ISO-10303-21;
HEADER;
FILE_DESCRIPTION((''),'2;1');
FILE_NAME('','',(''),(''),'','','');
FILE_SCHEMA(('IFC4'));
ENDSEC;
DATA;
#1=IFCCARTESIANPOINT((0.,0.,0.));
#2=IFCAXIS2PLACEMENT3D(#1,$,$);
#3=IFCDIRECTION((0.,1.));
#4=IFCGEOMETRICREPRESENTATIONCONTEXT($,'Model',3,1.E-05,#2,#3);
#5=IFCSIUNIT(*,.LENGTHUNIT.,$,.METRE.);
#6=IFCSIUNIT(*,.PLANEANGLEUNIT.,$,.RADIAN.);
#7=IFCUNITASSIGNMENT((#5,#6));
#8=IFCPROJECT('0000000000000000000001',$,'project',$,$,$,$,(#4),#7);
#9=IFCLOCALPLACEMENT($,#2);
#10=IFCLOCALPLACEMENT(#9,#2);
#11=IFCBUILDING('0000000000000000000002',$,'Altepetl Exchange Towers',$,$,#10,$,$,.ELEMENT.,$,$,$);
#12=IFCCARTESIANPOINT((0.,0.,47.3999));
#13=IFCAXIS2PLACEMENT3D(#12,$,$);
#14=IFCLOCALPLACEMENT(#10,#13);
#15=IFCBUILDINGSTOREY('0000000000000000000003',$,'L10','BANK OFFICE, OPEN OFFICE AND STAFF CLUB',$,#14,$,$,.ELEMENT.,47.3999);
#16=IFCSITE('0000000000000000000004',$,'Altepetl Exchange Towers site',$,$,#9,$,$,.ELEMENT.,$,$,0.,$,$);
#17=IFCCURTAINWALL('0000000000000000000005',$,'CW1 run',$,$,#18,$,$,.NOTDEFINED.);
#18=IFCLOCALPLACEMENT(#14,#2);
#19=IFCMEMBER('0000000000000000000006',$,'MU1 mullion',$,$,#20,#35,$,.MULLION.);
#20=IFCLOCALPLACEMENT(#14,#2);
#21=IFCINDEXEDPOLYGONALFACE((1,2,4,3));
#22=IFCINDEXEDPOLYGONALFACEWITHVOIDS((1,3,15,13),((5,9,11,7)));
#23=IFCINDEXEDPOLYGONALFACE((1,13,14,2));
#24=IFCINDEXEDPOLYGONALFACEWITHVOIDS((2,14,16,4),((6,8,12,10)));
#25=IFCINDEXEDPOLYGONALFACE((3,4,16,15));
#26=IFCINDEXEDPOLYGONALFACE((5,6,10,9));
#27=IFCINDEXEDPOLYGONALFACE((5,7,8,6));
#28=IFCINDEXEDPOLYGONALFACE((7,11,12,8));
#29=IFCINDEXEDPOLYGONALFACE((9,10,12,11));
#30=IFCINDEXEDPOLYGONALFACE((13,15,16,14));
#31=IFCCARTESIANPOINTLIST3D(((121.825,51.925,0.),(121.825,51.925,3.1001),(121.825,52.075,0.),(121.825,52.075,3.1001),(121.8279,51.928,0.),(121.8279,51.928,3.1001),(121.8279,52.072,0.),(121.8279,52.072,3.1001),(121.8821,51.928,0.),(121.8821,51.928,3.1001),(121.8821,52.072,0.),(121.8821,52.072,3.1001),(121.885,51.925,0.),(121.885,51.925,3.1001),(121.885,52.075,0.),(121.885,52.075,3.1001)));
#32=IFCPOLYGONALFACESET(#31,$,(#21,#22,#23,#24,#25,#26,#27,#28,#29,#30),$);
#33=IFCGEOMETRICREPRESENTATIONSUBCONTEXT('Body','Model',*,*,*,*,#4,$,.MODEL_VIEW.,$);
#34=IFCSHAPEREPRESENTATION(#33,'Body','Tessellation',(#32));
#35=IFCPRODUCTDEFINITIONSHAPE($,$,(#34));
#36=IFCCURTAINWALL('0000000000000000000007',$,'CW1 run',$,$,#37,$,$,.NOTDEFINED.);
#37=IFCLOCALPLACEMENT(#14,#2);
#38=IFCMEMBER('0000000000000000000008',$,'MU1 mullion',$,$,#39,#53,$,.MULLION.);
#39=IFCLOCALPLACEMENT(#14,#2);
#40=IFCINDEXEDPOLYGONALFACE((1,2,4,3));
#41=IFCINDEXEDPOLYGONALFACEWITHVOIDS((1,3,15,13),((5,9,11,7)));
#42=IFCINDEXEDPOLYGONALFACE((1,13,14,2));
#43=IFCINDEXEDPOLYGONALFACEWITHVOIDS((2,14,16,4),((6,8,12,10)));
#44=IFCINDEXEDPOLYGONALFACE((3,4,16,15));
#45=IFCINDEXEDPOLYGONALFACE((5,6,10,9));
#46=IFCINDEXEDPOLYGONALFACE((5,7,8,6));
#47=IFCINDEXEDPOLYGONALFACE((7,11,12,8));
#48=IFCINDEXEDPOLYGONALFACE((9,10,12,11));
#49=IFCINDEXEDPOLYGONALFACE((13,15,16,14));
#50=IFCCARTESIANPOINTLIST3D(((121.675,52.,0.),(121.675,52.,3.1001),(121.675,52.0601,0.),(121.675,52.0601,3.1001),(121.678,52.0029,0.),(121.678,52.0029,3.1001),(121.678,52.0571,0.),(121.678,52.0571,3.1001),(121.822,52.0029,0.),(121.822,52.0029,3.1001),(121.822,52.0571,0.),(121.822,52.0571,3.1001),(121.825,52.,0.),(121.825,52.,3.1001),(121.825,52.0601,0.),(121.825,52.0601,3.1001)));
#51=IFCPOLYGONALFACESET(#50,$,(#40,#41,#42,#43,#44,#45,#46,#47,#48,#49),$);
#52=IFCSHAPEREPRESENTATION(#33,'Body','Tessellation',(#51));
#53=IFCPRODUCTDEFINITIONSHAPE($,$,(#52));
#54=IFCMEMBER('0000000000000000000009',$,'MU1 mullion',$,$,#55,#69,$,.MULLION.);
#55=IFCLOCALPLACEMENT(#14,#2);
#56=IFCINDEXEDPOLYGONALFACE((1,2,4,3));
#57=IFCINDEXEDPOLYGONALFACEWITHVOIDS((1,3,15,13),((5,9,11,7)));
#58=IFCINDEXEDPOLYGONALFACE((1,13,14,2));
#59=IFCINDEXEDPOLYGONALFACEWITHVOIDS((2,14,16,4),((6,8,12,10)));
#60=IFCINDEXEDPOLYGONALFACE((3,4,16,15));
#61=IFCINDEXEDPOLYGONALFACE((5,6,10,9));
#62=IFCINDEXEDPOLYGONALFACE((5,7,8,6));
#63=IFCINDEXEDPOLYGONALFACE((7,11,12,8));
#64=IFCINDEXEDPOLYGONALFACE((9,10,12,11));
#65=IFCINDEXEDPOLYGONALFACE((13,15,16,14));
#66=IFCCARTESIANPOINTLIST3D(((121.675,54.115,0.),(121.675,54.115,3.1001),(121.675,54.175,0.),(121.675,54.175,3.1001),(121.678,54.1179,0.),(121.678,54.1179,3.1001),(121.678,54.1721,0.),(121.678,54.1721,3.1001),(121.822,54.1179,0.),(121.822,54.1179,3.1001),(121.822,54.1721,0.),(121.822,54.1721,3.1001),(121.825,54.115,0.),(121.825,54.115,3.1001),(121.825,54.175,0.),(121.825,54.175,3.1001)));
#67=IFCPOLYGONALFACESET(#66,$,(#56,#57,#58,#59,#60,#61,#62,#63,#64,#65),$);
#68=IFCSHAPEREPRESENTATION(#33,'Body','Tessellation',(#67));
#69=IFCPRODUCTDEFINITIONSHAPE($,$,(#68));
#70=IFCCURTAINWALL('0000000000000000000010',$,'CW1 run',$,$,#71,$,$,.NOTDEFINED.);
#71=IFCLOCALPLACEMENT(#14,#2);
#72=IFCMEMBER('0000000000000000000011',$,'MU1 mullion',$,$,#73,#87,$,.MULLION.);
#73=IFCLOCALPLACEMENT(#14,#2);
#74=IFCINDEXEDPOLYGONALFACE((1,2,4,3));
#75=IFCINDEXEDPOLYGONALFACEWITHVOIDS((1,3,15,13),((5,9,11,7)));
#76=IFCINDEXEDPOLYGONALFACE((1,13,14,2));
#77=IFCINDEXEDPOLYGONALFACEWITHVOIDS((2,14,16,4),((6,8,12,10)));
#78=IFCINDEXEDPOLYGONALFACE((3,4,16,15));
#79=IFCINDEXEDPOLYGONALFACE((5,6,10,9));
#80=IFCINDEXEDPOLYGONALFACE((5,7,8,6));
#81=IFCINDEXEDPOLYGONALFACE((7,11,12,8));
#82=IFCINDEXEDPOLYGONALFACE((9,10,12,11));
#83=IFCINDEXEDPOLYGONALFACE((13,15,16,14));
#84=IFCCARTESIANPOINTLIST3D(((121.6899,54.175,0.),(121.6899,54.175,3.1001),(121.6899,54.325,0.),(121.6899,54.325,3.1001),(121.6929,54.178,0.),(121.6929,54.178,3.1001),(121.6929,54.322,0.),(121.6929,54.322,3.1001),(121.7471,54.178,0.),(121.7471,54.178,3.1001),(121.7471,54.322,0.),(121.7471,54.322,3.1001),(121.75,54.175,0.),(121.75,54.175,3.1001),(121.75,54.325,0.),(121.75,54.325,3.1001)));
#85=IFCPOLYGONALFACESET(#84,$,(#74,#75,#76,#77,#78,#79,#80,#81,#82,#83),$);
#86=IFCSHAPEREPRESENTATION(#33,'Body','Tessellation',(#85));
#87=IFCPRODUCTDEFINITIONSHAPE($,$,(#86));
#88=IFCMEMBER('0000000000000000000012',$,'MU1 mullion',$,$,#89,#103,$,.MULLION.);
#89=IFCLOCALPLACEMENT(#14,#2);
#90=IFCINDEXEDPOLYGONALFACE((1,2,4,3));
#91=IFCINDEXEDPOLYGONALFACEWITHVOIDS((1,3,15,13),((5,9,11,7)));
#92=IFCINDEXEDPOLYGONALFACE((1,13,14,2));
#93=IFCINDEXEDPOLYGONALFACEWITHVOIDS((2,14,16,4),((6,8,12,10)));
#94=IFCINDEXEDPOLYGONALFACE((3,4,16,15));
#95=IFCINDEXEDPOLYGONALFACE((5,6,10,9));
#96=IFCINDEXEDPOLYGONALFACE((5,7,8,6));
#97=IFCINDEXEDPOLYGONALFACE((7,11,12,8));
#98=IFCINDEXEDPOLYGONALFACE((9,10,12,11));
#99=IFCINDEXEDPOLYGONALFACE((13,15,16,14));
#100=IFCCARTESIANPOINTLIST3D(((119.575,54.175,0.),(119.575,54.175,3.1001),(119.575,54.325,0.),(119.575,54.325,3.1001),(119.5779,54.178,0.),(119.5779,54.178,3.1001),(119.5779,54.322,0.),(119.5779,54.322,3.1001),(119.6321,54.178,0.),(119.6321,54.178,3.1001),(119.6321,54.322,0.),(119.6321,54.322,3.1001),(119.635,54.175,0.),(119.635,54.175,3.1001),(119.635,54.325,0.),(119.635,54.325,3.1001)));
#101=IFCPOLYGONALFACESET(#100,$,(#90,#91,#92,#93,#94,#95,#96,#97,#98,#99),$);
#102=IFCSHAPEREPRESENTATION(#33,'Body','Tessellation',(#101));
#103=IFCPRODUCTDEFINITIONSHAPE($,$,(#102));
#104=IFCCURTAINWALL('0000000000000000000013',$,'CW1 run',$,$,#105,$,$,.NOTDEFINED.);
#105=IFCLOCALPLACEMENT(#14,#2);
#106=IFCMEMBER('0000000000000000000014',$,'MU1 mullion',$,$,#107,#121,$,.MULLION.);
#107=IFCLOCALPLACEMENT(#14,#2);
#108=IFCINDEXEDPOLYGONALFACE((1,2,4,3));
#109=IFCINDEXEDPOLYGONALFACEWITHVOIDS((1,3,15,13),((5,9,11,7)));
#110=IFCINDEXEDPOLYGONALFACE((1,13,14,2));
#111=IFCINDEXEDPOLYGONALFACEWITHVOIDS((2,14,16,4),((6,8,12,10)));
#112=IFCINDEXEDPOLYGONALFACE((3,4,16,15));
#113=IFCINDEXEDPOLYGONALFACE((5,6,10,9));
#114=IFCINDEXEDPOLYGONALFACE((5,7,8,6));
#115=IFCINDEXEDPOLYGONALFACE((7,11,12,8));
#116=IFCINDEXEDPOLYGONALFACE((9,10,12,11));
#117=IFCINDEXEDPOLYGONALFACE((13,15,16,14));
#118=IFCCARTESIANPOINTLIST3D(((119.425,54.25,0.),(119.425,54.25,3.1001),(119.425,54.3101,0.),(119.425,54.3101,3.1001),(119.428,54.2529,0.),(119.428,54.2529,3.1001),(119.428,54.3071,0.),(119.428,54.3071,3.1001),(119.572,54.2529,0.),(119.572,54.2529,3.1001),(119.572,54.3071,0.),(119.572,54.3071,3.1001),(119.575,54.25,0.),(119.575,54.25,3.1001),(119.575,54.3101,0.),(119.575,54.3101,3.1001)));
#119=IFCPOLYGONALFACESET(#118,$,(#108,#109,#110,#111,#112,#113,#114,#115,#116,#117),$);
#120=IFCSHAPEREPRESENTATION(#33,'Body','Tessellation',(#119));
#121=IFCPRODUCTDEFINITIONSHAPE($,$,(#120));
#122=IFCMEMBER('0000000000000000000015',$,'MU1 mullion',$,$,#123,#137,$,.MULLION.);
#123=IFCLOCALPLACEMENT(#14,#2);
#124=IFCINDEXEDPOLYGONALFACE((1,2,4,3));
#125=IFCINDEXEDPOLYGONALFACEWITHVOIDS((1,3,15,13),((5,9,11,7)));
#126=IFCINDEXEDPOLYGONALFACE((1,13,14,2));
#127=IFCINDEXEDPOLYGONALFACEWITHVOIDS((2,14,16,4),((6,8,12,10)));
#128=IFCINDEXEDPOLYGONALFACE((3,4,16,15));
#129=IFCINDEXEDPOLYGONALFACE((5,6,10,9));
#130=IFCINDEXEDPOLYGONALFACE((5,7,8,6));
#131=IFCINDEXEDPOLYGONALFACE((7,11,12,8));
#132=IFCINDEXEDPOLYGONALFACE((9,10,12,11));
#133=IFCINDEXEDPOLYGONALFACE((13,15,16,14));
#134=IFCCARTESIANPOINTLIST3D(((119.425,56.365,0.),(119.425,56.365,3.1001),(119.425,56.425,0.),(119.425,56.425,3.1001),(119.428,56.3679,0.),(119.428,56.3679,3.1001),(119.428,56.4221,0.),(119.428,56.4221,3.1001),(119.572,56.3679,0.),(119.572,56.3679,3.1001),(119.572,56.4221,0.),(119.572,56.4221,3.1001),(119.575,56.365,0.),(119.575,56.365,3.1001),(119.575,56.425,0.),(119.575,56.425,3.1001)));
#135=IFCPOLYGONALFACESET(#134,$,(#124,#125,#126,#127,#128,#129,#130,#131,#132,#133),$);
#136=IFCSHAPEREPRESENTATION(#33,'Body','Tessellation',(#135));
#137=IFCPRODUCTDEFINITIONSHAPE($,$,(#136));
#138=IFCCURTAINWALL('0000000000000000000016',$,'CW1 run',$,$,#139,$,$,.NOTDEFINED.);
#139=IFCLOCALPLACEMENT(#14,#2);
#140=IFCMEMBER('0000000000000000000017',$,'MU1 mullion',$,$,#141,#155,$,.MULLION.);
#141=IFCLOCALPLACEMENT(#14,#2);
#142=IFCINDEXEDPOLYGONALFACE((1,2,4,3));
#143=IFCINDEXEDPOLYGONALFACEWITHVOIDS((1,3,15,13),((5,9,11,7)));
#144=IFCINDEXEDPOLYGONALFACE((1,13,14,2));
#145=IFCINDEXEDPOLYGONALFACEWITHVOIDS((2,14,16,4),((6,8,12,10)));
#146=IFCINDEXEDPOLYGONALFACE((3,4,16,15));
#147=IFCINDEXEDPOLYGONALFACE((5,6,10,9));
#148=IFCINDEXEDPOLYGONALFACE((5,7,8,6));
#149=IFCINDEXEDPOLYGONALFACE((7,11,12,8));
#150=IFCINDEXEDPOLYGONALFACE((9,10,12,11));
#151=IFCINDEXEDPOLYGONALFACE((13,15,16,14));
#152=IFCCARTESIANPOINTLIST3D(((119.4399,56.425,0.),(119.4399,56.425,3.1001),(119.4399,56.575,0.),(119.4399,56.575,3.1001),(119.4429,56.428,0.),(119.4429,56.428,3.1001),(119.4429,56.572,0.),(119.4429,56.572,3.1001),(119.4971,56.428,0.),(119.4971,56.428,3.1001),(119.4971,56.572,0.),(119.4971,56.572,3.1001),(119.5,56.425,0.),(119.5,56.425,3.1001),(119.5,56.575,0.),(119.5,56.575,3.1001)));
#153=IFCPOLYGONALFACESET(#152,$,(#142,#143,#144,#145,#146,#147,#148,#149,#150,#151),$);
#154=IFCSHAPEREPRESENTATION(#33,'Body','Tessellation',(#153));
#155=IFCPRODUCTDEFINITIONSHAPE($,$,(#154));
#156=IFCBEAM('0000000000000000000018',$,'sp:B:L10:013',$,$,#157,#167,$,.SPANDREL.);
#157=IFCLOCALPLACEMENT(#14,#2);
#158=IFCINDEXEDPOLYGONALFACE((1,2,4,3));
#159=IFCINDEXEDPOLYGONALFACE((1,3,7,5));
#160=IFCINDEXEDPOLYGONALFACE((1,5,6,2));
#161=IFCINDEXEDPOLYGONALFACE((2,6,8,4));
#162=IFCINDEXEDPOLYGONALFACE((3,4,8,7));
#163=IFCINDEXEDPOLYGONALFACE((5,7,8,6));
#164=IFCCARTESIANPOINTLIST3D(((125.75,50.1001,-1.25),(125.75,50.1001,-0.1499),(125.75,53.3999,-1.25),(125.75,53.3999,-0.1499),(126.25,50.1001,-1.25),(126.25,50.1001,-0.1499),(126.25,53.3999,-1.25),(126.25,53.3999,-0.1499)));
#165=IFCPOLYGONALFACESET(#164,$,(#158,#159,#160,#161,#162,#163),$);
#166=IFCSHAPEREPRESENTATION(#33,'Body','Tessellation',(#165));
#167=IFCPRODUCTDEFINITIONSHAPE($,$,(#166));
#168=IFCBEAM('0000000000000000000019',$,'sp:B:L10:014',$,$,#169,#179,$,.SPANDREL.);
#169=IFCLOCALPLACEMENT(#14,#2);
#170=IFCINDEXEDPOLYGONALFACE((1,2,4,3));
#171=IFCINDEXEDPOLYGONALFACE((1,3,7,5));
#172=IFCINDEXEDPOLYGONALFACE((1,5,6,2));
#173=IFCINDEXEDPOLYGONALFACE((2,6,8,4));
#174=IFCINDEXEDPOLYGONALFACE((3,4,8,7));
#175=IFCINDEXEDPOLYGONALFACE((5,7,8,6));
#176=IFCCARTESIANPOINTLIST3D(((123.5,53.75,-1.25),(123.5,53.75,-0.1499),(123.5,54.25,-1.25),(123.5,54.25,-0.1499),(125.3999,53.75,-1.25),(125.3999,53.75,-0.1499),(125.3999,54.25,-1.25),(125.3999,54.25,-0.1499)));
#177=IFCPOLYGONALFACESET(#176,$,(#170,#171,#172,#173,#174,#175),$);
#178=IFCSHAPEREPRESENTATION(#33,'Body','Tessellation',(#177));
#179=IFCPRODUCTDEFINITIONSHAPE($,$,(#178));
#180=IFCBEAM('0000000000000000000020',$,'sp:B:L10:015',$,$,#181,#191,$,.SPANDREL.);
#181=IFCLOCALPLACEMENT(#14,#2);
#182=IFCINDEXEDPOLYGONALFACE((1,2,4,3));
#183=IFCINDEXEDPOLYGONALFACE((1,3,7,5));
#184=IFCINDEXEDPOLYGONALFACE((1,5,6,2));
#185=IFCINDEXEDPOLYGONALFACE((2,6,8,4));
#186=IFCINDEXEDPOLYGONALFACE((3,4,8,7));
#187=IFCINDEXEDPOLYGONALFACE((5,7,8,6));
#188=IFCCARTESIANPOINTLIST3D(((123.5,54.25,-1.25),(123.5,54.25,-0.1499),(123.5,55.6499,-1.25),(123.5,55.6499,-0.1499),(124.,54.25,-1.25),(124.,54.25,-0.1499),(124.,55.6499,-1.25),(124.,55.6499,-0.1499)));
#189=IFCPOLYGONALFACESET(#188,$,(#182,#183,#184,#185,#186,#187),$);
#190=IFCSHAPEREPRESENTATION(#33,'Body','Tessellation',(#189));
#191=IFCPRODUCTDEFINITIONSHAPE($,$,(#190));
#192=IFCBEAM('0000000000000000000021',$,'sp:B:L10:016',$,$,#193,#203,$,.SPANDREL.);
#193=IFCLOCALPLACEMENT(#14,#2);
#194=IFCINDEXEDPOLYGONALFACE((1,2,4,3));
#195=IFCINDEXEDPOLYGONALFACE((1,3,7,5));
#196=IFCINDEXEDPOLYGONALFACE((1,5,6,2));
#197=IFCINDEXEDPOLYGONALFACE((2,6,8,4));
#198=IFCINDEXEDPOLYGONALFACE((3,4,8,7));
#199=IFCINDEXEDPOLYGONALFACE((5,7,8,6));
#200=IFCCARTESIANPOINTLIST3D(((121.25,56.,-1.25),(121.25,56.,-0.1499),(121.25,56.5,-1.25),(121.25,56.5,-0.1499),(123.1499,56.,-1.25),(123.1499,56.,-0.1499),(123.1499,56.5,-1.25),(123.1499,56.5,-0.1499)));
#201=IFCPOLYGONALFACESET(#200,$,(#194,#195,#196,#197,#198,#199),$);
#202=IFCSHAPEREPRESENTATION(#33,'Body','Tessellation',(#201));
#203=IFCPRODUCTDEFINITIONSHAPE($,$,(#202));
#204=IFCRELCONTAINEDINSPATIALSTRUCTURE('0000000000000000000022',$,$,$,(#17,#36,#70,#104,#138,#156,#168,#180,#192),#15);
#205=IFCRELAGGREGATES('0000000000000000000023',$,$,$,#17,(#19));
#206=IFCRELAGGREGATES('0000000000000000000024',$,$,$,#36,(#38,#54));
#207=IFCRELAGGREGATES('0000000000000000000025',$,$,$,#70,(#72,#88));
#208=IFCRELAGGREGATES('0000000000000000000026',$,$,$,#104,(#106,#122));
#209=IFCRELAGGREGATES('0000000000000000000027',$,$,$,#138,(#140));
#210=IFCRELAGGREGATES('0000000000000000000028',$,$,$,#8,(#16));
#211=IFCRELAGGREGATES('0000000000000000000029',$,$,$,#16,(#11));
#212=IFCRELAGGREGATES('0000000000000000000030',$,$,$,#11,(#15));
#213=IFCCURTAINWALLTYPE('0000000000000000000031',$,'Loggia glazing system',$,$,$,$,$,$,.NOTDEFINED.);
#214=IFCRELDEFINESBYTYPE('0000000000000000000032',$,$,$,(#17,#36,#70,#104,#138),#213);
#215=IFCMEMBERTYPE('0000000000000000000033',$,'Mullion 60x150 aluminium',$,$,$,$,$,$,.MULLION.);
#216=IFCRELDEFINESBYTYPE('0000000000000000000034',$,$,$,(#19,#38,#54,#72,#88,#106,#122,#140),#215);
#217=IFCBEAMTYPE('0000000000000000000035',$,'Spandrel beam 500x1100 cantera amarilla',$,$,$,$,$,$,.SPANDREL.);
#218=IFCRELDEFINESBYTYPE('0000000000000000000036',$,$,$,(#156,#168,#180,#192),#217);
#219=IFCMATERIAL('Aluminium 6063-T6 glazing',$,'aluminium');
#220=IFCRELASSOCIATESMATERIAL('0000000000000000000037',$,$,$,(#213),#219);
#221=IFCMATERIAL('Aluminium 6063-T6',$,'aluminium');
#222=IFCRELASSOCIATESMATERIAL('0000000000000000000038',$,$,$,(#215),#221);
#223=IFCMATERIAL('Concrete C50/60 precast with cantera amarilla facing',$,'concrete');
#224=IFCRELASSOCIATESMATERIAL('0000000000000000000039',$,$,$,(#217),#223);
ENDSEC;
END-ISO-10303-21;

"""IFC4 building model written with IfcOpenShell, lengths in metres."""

from ifc_helpers import new_model, si_unit, direction, frame, origin, origin_2d, place, context, subcontext, project, spatial, rectangle, hollow_rectangle, extrude, material, material_profile, profile_set, type_object, element, aggregate, save


model = new_model("IFC4")

# Units and contexts
model_context = context("Model", 3, precision=1e-05, world=origin(), true_north=direction((0.0, 1.0)))
body_context = subcontext(model_context, "Body", "Model", "MODEL_VIEW")
ifc_project = project(units=[si_unit("LENGTHUNIT", "METRE"), si_unit("PLANEANGLEUNIT", "RADIAN")], contexts=[model_context])

# Site, building, storey
site_placement = place(None, origin())
site = spatial("IfcSite", under=ifc_project, at=site_placement, Name="Altepetl Exchange Towers site", CompositionType="ELEMENT", RefElevation=0.0)
building_placement = place(site_placement, origin())
building = spatial("IfcBuilding", under=site, at=building_placement, Name="Altepetl Exchange Towers", CompositionType="ELEMENT")
storey_placement = place(building_placement, frame((0.0, 0.0, 47.3999)))
storey = spatial("IfcBuildingStorey", under=building, at=storey_placement, Name="L10", Description="BANK OFFICE, OPEN OFFICE AND STAFF CLUB", CompositionType="ELEMENT", Elevation=47.3999)

# Curtain walls, members
ifc_material_1 = material(Name="Aluminium 6063-T6 glazing", Category="aluminium")
curtain_wall_type = type_object("IfcCurtainWallType", Name="Loggia glazing system", PredefinedType="NOTDEFINED", material=ifc_material_1)
ifc_material_2 = material(Name="Aluminium 6063-T6", Category="aluminium")
ifc_material_profile_1 = material_profile(ifc_material_2, hollow_rectangle(XDim=0.0601, YDim=0.1499, WallThickness=0.0029, at=origin_2d()), Name="Mullion 60x150 aluminium")
ifc_profile_set_1 = profile_set([ifc_material_profile_1], Name="Aluminium 6063-T6")
member_type = type_object("IfcMemberType", Name="Mullion 60x150 aluminium", PredefinedType="MULLION", material=ifc_profile_set_1)
curtain_wall_1_placement = place(storey_placement, origin())
curtain_wall_1 = element("IfcCurtainWall", 1, at=curtain_wall_1_placement, inside=storey, type_object=curtain_wall_type, Name="CW1 run", PredefinedType="NOTDEFINED")
member_1_placement = place(storey_placement, frame((121.855, 52.0, 0.0), z_axis=(0.0, 0.0, 1.0), x_axis=(-1.0, 0.0, 0.0)))
member_1 = element("IfcMember", 2, at=member_1_placement, type_object=member_type, Name="MU1 mullion", PredefinedType="MULLION", context=body_context, shape_type="SweptSolid", body=[
    extrude(hollow_rectangle(XDim=0.0601, YDim=0.1499, WallThickness=0.0029, at=origin_2d()), origin(), (0.0, 0.0, 1.0), 3.1001),
])
curtain_wall_2_placement = place(storey_placement, origin())
curtain_wall_2 = element("IfcCurtainWall", 3, at=curtain_wall_2_placement, inside=storey, type_object=curtain_wall_type, Name="CW1 run", PredefinedType="NOTDEFINED")
member_2_placement = place(storey_placement, frame((121.75, 52.03, 0.0), z_axis=(0.0, 0.0, 1.0), x_axis=(0.0, 1.0, 0.0)))
member_2 = element("IfcMember", 4, at=member_2_placement, type_object=member_type, Name="MU1 mullion", PredefinedType="MULLION", context=body_context, shape_type="SweptSolid", body=[
    extrude(hollow_rectangle(XDim=0.0601, YDim=0.1499, WallThickness=0.0029, at=origin_2d()), origin(), (0.0, 0.0, 1.0), 3.1001),
])
member_3_placement = place(storey_placement, frame((121.75, 54.145, 0.0), z_axis=(0.0, 0.0, 1.0), x_axis=(0.0, 1.0, 0.0)))
member_3 = element("IfcMember", 5, at=member_3_placement, type_object=member_type, Name="MU1 mullion", PredefinedType="MULLION", context=body_context, shape_type="SweptSolid", body=[
    extrude(hollow_rectangle(XDim=0.0601, YDim=0.1499, WallThickness=0.0029, at=origin_2d()), origin(), (0.0, 0.0, 1.0), 3.1001),
])
curtain_wall_3_placement = place(storey_placement, origin())
curtain_wall_3 = element("IfcCurtainWall", 6, at=curtain_wall_3_placement, inside=storey, type_object=curtain_wall_type, Name="CW1 run", PredefinedType="NOTDEFINED")
member_4_placement = place(storey_placement, frame((121.72, 54.25, 0.0), z_axis=(0.0, 0.0, 1.0), x_axis=(-1.0, 0.0, 0.0)))
member_4 = element("IfcMember", 7, at=member_4_placement, type_object=member_type, Name="MU1 mullion", PredefinedType="MULLION", context=body_context, shape_type="SweptSolid", body=[
    extrude(hollow_rectangle(XDim=0.0601, YDim=0.1499, WallThickness=0.0029, at=origin_2d()), origin(), (0.0, 0.0, 1.0), 3.1001),
])
member_5_placement = place(storey_placement, frame((119.605, 54.25, 0.0), z_axis=(0.0, 0.0, 1.0), x_axis=(-1.0, 0.0, 0.0)))
member_5 = element("IfcMember", 8, at=member_5_placement, type_object=member_type, Name="MU1 mullion", PredefinedType="MULLION", context=body_context, shape_type="SweptSolid", body=[
    extrude(hollow_rectangle(XDim=0.0601, YDim=0.1499, WallThickness=0.0029, at=origin_2d()), origin(), (0.0, 0.0, 1.0), 3.1001),
])
curtain_wall_4_placement = place(storey_placement, origin())
curtain_wall_4 = element("IfcCurtainWall", 9, at=curtain_wall_4_placement, inside=storey, type_object=curtain_wall_type, Name="CW1 run", PredefinedType="NOTDEFINED")
member_6_placement = place(storey_placement, frame((119.5, 54.28, 0.0), z_axis=(0.0, 0.0, 1.0), x_axis=(0.0, 1.0, 0.0)))
member_6 = element("IfcMember", 10, at=member_6_placement, type_object=member_type, Name="MU1 mullion", PredefinedType="MULLION", context=body_context, shape_type="SweptSolid", body=[
    extrude(hollow_rectangle(XDim=0.0601, YDim=0.1499, WallThickness=0.0029, at=origin_2d()), origin(), (0.0, 0.0, 1.0), 3.1001),
])
member_7_placement = place(storey_placement, frame((119.5, 56.395, 0.0), z_axis=(0.0, 0.0, 1.0), x_axis=(0.0, 1.0, 0.0)))
member_7 = element("IfcMember", 11, at=member_7_placement, type_object=member_type, Name="MU1 mullion", PredefinedType="MULLION", context=body_context, shape_type="SweptSolid", body=[
    extrude(hollow_rectangle(XDim=0.0601, YDim=0.1499, WallThickness=0.0029, at=origin_2d()), origin(), (0.0, 0.0, 1.0), 3.1001),
])

# Curtain wall, member
curtain_wall_5_placement = place(storey_placement, origin())
curtain_wall_5 = element("IfcCurtainWall", 12, at=curtain_wall_5_placement, inside=storey, type_object=curtain_wall_type, Name="CW1 run", PredefinedType="NOTDEFINED")
member_8_placement = place(storey_placement, frame((119.47, 56.5, 0.0), z_axis=(0.0, 0.0, 1.0), x_axis=(-1.0, 0.0, 0.0)))
member_8 = element("IfcMember", 13, at=member_8_placement, type_object=member_type, Name="MU1 mullion", PredefinedType="MULLION", context=body_context, shape_type="SweptSolid", body=[
    extrude(hollow_rectangle(XDim=0.0601, YDim=0.1499, WallThickness=0.0029, at=origin_2d()), origin(), (0.0, 0.0, 1.0), 3.1001),
])

# Beams
ifc_material_3 = material(Name="Concrete C50/60 precast with cantera amarilla facing", Category="concrete")
ifc_material_profile_2 = material_profile(ifc_material_3, rectangle(XDim=0.5, YDim=1.1001, at=origin_2d()), Name="500 x 1100")
ifc_profile_set_2 = profile_set([ifc_material_profile_2], Name="Concrete C50/60 precast with cantera amarilla facing")
beam_type_1 = type_object("IfcBeamType", Name="Spandrel beam 500x1100 cantera amarilla", PredefinedType="SPANDREL", material=ifc_profile_set_2)
beam_1_placement = place(storey_placement, frame((126.0, 50.1001, -0.7), z_axis=(0.0, 1.0, 0.0), x_axis=(-1.0, 0.0, 0.0)))
element("IfcBeam", 14, at=beam_1_placement, inside=storey, type_object=beam_type_1, Name="sp:B:L10:013", PredefinedType="SPANDREL", context=body_context, shape_type="SweptSolid", body=[
    extrude(rectangle(XDim=0.5, YDim=1.1001, at=origin_2d()), origin(), (0.0, 0.0, 1.0), 3.2998),
])
beam_2_placement = place(storey_placement, frame((125.3999, 54.0, -0.7), z_axis=(-1.0, 0.0, 0.0), x_axis=(0.0, -1.0, 0.0)))
element("IfcBeam", 15, at=beam_2_placement, inside=storey, type_object=beam_type_1, Name="sp:B:L10:014", PredefinedType="SPANDREL", context=body_context, shape_type="SweptSolid", body=[
    extrude(rectangle(XDim=0.5, YDim=1.1001, at=origin_2d()), origin(), (0.0, 0.0, 1.0), 1.8999),
])
beam_3_placement = place(storey_placement, frame((123.75, 54.25, -0.7), z_axis=(0.0, 1.0, 0.0), x_axis=(-1.0, 0.0, 0.0)))
element("IfcBeam", 16, at=beam_3_placement, inside=storey, type_object=beam_type_1, Name="sp:B:L10:015", PredefinedType="SPANDREL", context=body_context, shape_type="SweptSolid", body=[
    extrude(rectangle(XDim=0.5, YDim=1.1001, at=origin_2d()), origin(), (0.0, 0.0, 1.0), 1.3999),
])
beam_4_placement = place(storey_placement, frame((123.1499, 56.25, -0.7), z_axis=(-1.0, 0.0, 0.0), x_axis=(0.0, -1.0, 0.0)))
element("IfcBeam", 17, at=beam_4_placement, inside=storey, type_object=beam_type_1, Name="sp:B:L10:016", PredefinedType="SPANDREL", context=body_context, shape_type="SweptSolid", body=[
    extrude(rectangle(XDim=0.5, YDim=1.1001, at=origin_2d()), origin(), (0.0, 0.0, 1.0), 1.8999),
])

aggregate(curtain_wall_1, [member_1])
aggregate(curtain_wall_2, [member_2, member_3])
aggregate(curtain_wall_3, [member_4, member_5])
aggregate(curtain_wall_4, [member_6, member_7])
aggregate(curtain_wall_5, [member_8])

save(model, "model.ifc")
